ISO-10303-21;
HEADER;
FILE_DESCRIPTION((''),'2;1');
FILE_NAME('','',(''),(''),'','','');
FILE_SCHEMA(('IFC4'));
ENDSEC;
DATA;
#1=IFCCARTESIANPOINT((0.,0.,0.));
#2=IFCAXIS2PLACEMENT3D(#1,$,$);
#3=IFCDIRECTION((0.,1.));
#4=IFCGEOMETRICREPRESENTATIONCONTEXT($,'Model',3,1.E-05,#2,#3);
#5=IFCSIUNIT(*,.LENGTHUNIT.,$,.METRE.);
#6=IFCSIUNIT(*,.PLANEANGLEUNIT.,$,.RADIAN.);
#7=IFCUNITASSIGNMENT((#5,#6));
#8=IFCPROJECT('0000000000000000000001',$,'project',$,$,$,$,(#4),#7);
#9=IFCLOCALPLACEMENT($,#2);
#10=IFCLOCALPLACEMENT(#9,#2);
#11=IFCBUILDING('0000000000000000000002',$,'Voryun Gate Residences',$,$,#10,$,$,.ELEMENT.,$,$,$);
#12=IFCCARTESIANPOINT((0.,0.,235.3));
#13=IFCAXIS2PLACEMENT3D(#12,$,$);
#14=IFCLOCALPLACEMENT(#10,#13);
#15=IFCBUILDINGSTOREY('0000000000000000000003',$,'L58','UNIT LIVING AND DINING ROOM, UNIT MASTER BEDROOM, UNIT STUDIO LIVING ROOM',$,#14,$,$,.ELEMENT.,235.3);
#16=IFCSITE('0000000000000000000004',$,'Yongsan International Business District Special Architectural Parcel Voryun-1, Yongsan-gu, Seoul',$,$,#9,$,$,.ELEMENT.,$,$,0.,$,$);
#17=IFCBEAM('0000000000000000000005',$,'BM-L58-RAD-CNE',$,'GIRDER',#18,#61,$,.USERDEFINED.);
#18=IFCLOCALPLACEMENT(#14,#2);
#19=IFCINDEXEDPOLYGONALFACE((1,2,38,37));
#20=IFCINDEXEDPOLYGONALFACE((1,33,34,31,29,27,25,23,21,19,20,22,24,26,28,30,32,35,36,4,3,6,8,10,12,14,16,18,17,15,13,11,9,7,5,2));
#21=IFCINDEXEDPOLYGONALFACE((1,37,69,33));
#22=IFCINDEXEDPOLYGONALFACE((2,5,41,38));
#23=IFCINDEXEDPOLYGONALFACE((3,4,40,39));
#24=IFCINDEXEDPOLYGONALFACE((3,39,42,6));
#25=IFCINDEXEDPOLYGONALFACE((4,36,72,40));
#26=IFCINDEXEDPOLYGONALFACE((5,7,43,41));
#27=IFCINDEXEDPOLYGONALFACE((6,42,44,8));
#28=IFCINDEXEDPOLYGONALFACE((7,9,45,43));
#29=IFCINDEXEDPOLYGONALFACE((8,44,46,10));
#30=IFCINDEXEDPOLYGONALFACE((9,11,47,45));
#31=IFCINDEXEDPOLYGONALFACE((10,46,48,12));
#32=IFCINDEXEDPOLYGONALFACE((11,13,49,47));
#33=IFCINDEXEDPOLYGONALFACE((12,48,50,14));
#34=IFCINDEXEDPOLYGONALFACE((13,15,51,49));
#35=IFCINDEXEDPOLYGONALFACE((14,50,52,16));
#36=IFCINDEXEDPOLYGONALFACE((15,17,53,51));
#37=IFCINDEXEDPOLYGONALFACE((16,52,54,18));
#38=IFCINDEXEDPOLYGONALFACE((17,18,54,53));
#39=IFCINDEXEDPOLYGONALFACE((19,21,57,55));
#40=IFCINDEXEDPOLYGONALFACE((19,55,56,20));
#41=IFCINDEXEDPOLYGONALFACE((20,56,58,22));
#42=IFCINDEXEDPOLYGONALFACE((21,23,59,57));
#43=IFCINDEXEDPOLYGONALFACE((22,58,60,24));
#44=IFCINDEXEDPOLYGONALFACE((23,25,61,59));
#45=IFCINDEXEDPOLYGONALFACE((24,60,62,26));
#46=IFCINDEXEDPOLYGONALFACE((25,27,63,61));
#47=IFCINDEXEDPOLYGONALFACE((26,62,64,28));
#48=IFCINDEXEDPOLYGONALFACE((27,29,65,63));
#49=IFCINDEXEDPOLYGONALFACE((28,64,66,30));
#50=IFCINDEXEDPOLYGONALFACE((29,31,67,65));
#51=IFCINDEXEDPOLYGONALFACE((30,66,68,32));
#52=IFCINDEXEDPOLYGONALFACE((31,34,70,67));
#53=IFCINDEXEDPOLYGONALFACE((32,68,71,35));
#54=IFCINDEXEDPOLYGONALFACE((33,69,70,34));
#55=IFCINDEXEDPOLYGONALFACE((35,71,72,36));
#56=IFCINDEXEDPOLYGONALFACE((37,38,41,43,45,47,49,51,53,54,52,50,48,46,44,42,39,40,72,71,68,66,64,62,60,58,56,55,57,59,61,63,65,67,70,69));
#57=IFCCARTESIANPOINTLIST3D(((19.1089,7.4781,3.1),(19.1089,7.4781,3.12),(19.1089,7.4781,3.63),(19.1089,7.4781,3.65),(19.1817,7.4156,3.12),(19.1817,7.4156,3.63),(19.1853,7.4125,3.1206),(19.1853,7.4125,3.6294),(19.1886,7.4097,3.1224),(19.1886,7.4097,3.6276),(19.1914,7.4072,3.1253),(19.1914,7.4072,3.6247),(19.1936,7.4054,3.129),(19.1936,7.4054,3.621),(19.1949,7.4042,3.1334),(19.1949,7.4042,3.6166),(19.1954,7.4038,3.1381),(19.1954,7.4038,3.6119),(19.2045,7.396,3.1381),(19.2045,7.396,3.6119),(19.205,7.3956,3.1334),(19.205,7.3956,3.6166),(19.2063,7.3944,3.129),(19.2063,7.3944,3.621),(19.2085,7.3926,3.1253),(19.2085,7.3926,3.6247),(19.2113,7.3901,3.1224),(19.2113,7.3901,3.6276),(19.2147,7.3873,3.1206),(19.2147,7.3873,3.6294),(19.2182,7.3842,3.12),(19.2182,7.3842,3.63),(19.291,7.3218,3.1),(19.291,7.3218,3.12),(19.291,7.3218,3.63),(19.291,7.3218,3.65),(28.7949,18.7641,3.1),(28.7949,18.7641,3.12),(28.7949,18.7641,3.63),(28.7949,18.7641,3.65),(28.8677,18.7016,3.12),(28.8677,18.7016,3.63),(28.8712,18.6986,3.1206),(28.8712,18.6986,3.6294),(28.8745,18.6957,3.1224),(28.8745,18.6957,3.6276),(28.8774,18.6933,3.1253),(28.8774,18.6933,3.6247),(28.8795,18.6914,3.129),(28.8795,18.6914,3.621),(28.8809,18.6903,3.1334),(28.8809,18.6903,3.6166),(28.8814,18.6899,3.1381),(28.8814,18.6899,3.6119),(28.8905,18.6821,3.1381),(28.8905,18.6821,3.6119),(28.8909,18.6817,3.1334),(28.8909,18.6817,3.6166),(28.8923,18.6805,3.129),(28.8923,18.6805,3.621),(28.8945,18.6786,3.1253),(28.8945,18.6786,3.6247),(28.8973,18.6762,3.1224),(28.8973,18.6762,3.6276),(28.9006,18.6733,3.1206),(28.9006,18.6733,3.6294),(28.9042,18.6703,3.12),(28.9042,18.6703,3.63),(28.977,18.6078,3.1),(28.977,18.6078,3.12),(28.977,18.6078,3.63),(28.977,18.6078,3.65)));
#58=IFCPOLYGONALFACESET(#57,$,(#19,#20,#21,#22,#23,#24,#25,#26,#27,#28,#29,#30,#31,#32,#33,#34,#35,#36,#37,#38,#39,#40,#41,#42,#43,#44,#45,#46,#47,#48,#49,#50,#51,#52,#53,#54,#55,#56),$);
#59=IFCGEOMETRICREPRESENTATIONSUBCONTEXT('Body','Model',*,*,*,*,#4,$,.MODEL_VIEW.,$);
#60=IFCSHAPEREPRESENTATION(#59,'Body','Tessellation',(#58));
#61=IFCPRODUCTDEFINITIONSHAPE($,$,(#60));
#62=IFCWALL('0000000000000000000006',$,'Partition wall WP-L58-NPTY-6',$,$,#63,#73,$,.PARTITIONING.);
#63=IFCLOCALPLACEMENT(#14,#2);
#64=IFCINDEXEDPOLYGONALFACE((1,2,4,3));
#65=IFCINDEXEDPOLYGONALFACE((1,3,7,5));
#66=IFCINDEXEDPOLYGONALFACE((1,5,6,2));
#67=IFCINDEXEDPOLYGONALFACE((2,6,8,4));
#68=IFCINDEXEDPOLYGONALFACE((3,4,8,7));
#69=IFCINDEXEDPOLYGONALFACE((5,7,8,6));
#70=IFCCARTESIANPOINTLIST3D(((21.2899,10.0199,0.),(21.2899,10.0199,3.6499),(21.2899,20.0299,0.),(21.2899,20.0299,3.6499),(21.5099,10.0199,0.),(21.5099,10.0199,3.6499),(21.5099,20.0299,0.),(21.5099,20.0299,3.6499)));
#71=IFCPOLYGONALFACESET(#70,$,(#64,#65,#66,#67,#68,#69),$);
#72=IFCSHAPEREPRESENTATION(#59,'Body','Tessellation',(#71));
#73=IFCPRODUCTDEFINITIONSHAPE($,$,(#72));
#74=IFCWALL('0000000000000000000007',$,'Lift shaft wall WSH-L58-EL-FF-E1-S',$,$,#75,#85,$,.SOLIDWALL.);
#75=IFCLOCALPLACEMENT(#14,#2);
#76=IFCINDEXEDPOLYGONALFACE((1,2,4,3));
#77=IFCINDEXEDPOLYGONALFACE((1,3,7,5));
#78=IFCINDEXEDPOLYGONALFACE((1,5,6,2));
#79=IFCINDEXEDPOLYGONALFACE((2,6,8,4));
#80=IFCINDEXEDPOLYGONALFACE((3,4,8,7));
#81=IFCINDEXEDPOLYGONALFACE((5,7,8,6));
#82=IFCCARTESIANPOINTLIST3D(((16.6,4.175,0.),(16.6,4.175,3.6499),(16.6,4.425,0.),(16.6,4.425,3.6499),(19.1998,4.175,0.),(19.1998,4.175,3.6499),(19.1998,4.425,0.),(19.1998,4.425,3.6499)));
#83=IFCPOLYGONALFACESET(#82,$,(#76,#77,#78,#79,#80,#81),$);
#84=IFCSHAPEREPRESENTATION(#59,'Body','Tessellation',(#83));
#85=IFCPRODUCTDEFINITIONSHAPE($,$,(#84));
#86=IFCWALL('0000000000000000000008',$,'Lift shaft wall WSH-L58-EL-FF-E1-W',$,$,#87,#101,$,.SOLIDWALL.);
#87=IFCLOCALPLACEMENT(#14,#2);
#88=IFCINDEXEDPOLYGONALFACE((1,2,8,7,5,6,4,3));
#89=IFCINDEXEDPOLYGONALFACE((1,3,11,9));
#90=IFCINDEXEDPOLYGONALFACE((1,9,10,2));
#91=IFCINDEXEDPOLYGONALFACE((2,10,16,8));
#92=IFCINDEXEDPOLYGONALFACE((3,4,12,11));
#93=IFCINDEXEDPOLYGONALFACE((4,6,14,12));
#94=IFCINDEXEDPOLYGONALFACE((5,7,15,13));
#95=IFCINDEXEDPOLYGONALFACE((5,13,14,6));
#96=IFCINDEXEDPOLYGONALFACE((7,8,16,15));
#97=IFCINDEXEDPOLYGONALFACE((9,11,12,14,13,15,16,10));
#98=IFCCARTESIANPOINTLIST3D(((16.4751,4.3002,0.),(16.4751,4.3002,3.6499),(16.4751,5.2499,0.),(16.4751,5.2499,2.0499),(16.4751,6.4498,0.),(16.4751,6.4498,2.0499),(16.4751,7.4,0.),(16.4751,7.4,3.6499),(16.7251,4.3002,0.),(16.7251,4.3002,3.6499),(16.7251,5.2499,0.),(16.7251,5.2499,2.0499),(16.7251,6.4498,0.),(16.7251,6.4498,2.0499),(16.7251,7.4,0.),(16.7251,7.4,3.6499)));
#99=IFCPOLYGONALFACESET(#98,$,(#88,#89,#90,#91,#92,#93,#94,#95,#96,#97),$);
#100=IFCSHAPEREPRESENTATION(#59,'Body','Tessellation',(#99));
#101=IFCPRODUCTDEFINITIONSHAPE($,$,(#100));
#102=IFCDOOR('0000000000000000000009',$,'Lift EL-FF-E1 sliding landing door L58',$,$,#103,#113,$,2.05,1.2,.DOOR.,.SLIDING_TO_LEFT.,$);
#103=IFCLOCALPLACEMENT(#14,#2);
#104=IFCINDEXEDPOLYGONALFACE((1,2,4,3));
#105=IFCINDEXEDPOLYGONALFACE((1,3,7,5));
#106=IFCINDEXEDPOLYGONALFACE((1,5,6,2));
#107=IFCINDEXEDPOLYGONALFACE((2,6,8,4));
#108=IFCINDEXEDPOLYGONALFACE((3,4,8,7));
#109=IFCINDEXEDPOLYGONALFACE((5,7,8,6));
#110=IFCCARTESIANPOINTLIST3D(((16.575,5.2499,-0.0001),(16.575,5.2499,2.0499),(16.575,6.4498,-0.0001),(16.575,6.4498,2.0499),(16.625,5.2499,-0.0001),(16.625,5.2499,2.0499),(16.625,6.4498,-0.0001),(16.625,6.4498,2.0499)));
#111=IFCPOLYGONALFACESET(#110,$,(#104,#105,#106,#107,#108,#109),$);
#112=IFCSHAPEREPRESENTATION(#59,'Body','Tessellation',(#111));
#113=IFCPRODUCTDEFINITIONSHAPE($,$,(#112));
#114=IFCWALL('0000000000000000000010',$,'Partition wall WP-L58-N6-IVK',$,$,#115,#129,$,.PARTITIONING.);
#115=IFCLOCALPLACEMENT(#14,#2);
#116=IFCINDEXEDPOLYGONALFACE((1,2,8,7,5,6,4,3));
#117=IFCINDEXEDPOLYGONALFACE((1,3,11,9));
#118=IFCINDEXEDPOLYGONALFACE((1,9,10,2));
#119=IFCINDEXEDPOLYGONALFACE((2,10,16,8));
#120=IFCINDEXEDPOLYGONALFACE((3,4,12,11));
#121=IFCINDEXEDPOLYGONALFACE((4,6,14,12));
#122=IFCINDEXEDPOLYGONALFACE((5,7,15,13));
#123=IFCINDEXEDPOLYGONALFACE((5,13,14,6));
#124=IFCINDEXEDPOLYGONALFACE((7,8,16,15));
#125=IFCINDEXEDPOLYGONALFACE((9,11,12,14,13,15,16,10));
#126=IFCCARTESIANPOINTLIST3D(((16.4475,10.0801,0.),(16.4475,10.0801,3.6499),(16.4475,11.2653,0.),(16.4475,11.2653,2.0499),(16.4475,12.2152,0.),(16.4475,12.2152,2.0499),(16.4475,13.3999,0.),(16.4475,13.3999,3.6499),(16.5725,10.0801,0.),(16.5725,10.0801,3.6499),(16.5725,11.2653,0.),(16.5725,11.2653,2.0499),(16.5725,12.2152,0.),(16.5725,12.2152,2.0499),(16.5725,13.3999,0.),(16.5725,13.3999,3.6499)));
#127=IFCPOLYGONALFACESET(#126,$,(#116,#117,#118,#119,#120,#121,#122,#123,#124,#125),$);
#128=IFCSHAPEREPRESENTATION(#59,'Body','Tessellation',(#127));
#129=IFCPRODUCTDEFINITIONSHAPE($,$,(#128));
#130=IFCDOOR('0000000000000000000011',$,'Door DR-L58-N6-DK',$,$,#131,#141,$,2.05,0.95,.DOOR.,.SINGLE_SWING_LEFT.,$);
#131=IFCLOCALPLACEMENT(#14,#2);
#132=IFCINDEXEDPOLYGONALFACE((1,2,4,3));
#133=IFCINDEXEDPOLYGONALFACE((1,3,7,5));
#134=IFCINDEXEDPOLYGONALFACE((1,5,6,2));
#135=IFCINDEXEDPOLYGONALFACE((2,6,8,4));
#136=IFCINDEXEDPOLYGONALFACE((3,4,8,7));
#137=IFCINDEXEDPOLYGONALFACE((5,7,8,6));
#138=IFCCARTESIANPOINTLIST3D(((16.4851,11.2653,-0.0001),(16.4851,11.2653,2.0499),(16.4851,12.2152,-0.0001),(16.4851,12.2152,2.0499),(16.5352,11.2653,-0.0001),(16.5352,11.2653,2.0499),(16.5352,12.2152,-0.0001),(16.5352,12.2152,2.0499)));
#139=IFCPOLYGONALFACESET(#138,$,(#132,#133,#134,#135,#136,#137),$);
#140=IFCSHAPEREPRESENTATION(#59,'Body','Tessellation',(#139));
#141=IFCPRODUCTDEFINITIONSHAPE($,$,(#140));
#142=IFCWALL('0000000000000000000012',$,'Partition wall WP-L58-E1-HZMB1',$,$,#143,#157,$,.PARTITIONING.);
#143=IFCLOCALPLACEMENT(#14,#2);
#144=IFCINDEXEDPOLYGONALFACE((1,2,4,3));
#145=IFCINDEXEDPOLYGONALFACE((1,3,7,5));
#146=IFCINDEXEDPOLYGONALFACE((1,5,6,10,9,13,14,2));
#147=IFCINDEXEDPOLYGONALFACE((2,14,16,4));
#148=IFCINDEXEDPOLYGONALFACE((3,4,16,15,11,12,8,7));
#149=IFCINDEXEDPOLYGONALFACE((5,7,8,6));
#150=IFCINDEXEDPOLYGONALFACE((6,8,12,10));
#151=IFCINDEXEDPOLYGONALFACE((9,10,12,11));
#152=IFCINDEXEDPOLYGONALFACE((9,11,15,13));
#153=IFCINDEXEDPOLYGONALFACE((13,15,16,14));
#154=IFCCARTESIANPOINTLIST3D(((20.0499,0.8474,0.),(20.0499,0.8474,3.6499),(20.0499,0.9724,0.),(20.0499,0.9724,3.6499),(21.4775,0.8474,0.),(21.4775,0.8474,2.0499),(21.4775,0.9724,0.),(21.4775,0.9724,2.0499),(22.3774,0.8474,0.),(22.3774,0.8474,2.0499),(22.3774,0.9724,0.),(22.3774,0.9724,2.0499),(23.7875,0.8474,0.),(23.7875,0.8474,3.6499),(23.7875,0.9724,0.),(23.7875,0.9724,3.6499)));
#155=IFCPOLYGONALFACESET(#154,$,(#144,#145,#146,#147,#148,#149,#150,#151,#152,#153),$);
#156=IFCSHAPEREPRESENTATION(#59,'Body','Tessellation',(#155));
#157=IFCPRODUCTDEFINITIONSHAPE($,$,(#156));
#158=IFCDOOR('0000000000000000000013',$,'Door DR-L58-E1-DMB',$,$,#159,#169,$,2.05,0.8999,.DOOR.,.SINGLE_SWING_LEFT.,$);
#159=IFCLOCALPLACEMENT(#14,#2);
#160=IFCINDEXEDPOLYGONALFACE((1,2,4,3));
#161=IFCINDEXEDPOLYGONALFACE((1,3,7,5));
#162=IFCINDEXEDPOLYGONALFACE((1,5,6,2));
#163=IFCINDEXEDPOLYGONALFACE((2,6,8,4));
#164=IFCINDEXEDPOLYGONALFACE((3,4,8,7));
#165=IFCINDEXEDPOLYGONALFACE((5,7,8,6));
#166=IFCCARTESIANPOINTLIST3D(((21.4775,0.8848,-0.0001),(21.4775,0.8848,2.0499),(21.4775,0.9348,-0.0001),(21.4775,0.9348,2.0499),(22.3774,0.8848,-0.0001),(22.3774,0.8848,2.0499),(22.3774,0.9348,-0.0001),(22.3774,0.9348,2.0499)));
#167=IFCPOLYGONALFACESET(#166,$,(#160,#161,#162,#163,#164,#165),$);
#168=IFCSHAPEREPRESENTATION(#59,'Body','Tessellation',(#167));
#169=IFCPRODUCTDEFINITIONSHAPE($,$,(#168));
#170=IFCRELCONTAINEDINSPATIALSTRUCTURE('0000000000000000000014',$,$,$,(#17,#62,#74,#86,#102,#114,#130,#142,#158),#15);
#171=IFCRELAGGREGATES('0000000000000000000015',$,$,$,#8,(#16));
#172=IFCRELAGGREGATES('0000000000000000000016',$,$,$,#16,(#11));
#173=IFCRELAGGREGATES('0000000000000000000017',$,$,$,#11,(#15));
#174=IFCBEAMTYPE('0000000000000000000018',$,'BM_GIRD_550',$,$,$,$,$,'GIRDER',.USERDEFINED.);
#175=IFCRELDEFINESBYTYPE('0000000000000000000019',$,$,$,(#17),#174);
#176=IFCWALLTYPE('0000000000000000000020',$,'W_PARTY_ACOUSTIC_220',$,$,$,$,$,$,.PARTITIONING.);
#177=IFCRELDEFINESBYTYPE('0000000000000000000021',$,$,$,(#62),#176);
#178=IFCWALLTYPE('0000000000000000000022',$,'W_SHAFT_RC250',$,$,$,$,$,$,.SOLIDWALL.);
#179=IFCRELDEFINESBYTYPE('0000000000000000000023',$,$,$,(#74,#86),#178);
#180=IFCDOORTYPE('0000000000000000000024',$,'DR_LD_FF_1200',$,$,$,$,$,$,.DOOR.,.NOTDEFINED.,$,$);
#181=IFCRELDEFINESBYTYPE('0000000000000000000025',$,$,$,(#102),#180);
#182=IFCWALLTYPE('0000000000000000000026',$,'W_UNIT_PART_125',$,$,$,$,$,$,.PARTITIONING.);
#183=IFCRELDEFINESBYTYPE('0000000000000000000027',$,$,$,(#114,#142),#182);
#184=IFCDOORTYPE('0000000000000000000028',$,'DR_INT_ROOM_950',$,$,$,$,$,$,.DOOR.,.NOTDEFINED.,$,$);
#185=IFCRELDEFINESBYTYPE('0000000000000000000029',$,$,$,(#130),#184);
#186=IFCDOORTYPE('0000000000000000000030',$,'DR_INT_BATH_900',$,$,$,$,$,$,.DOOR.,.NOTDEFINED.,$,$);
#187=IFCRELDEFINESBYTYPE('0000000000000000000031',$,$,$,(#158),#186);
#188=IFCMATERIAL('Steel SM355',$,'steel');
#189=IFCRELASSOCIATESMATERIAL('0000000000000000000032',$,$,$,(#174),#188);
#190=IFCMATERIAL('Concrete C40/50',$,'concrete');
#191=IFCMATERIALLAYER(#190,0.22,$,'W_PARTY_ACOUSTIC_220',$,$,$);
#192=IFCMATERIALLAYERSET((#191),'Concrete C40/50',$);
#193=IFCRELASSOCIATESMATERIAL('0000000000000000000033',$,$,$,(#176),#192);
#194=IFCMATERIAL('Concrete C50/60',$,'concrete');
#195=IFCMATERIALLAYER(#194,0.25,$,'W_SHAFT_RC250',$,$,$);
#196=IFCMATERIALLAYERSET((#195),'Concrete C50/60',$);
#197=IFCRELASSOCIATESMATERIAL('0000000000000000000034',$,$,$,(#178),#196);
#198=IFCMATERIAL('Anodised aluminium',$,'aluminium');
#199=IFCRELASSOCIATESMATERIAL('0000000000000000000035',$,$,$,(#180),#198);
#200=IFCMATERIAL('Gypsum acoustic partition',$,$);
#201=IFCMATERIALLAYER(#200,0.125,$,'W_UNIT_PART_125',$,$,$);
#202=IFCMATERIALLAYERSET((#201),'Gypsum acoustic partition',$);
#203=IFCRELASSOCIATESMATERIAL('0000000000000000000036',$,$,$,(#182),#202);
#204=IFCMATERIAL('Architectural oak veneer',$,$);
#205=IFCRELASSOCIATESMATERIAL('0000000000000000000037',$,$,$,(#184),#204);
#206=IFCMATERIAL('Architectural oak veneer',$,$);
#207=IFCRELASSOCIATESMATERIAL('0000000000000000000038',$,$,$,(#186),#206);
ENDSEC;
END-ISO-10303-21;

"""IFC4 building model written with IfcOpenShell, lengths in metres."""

from ifc_helpers import new_model, si_unit, direction, frame, frame_2d, origin, origin_2d, place, context, subcontext, project, spatial, rectangle, i_section, extrude, material, layer, layer_set, material_profile, profile_set, type_object, element, fill, save


model = new_model("IFC4")

# Units and contexts
model_context = context("Model", 3, precision=1e-05, world=origin(), true_north=direction((0.0, 1.0)))
body_context = subcontext(model_context, "Body", "Model", "MODEL_VIEW")
ifc_project = project(units=[si_unit("LENGTHUNIT", "METRE"), si_unit("PLANEANGLEUNIT", "RADIAN")], contexts=[model_context])

# Site, building, storey
site_placement = place(None, origin())
site = spatial("IfcSite", under=ifc_project, at=site_placement, Name="Yongsan International Business District Special Architectural Parcel Voryun-1, Yongsan-gu, Seoul", CompositionType="ELEMENT", RefElevation=0.0)
building_placement = place(site_placement, origin())
building = spatial("IfcBuilding", under=site, at=building_placement, Name="Voryun Gate Residences", CompositionType="ELEMENT")
storey_placement = place(building_placement, frame((0.0, 0.0, 235.3)))
storey = spatial("IfcBuildingStorey", under=building, at=storey_placement, Name="L58", Description="UNIT LIVING AND DINING ROOM, UNIT MASTER BEDROOM, UNIT STUDIO LIVING ROOM", CompositionType="ELEMENT", Elevation=235.3)

# Beam
ifc_material_1 = material(Name="Steel SM355", Category="steel")
ifc_material_profile_1 = material_profile(ifc_material_1, i_section(OverallWidth=0.24, OverallDepth=0.55, WebThickness=0.012, FlangeThickness=0.02, FilletRadius=0.0181, at=origin_2d()), Name="H-550x240x12x20")
ifc_profile_set_1 = profile_set([ifc_material_profile_1], Name="Steel SM355")
beam_type_1 = type_object("IfcBeamType", Name="BM_GIRD_550", ElementType="GIRDER", PredefinedType="USERDEFINED", material=ifc_profile_set_1)
beam_1_placement = place(storey_placement, frame((19.2, 7.3999, 3.375), z_axis=(0.651264, 0.758851, 0.0), x_axis=(-0.758851, 0.651264, 0.0)))
element("IfcBeam", 1, at=beam_1_placement, inside=storey, type_object=beam_type_1, Name="BM-L58-RAD-CNE", ObjectType="GIRDER", PredefinedType="USERDEFINED", context=body_context, shape_type="SweptSolid", body=[
    extrude(i_section(OverallWidth=0.24, OverallDepth=0.55, WebThickness=0.012, FlangeThickness=0.02, FilletRadius=0.0181, at=origin_2d()), origin(), (0.0, 0.0, 1.0), 14.8726),
])

# Walls
ifc_material_2 = material(Name="Concrete C40/50", Category="concrete")
ifc_layer_1 = layer(ifc_material_2, 0.22, Name="W_PARTY_ACOUSTIC_220")
ifc_layer_set_1 = layer_set([ifc_layer_1], Name="Concrete C40/50")
wall_type_1 = type_object("IfcWallType", Name="W_PARTY_ACOUSTIC_220", PredefinedType="PARTITIONING", material=ifc_layer_set_1)
wall_1_placement = place(storey_placement, frame((21.3999, 10.02, 0.0), z_axis=(0.0, 0.0, 1.0), x_axis=(0.0, 1.0, 0.0)))
element("IfcWall", 2, at=wall_1_placement, inside=storey, type_object=wall_type_1, Name="Partition wall WP-L58-NPTY-6", PredefinedType="PARTITIONING", context=body_context, shape_type="SweptSolid", body=[
    extrude(rectangle(XDim=10.01, YDim=0.22, at=frame_2d((5.0049, 0.0))), origin(), (0.0, 0.0, 1.0), 3.6499),
])
ifc_material_3 = material(Name="Concrete C50/60", Category="concrete")
ifc_layer_2 = layer(ifc_material_3, 0.25, Name="W_SHAFT_RC250")
ifc_layer_set_2 = layer_set([ifc_layer_2], Name="Concrete C50/60")
wall_type_2 = type_object("IfcWallType", Name="W_SHAFT_RC250", PredefinedType="SOLIDWALL", material=ifc_layer_set_2)
wall_2_placement = place(storey_placement, frame((16.6001, 4.3, 0.0), z_axis=(0.0, 0.0, 1.0), x_axis=(1.0, 0.0, 0.0)))
element("IfcWall", 3, at=wall_2_placement, inside=storey, type_object=wall_type_2, Name="Lift shaft wall WSH-L58-EL-FF-E1-S", PredefinedType="SOLIDWALL", context=body_context, shape_type="SweptSolid", body=[
    extrude(rectangle(XDim=2.5999, YDim=0.25, at=frame_2d((1.2998, 0.0))), origin(), (0.0, 0.0, 1.0), 3.6499),
])

# Walls, openings, doors
wall_3_placement = place(storey_placement, frame((16.6001, 7.3999, 0.0), z_axis=(0.0, 0.0, 1.0), x_axis=(0.0, -1.0, 0.0)))
wall_3 = element("IfcWall", 4, at=wall_3_placement, inside=storey, type_object=wall_type_2, Name="Lift shaft wall WSH-L58-EL-FF-E1-W", PredefinedType="SOLIDWALL", context=body_context, shape_type="SweptSolid", body=[
    extrude(rectangle(XDim=3.0999, YDim=0.25, at=frame_2d((1.5498, 0.0))), origin(), (0.0, 0.0, 1.0), 3.6499),
])
opening_1_placement = place(wall_3_placement, frame((0.95, 0.0, 0.0)))
opening_1 = element("IfcOpeningElement", 5, at=opening_1_placement, cuts=wall_3, PredefinedType="OPENING", context=body_context, shape_type="SweptSolid", body=[
    extrude(rectangle(XDim=1.2, YDim=2.05, at=frame_2d((0.6001, 1.0249))), frame((0.0, 0.135, 0.0), z_axis=(0.0, -1.0, 0.0), x_axis=(1.0, 0.0, 0.0)), (0.0, 0.0, 1.0), 0.27),
])
ifc_material_4 = material(Name="Anodised aluminium", Category="aluminium")
door_type_1 = type_object("IfcDoorType", Name="DR_LD_FF_1200", OperationType="NOTDEFINED", PredefinedType="DOOR", material=ifc_material_4)
door_1_placement = place(opening_1_placement, origin())
door_1 = element("IfcDoor", 6, at=door_1_placement, inside=storey, type_object=door_type_1, Name="Lift EL-FF-E1 sliding landing door L58", OperationType="SLIDING_TO_LEFT", OverallHeight=2.05, OverallWidth=1.2, PredefinedType="DOOR", context=body_context, shape_type="SweptSolid", body=[
    extrude(rectangle(XDim=1.2, YDim=2.05, at=frame_2d((0.6001, 1.0249))), frame((0.0, 0.0249, 0.0), z_axis=(0.0, -1.0, 0.0), x_axis=(1.0, 0.0, 0.0)), (0.0, 0.0, 1.0), 0.05),
])
fill(opening_1, door_1)
ifc_material_5 = material(Name="Gypsum acoustic partition")
ifc_layer_3 = layer(ifc_material_5, 0.125, Name="W_UNIT_PART_125")
ifc_layer_set_3 = layer_set([ifc_layer_3], Name="Gypsum acoustic partition")
wall_type_3 = type_object("IfcWallType", Name="W_UNIT_PART_125", PredefinedType="PARTITIONING", material=ifc_layer_set_3)
wall_4_placement = place(storey_placement, frame((16.51, 10.0801, 0.0), z_axis=(0.0, 0.0, 1.0), x_axis=(0.0, 1.0, 0.0)))
wall_4 = element("IfcWall", 7, at=wall_4_placement, inside=storey, type_object=wall_type_3, Name="Partition wall WP-L58-N6-IVK", PredefinedType="PARTITIONING", context=body_context, shape_type="SweptSolid", body=[
    extrude(rectangle(XDim=3.3198, YDim=0.125, at=frame_2d((1.6599, 0.0))), origin(), (0.0, 0.0, 1.0), 3.6499),
])
opening_2_placement = place(wall_4_placement, frame((1.1851, 0.0, 0.0)))
opening_2 = element("IfcOpeningElement", 8, at=opening_2_placement, cuts=wall_4, PredefinedType="OPENING", context=body_context, shape_type="SweptSolid", body=[
    extrude(rectangle(XDim=0.95, YDim=2.05, at=frame_2d((0.4751, 1.0249))), frame((0.0, 0.0725, 0.0), z_axis=(0.0, -1.0, 0.0), x_axis=(1.0, 0.0, 0.0)), (0.0, 0.0, 1.0), 0.145),
])
ifc_material_6 = material(Name="Architectural oak veneer")
door_type_2 = type_object("IfcDoorType", Name="DR_INT_ROOM_950", OperationType="NOTDEFINED", PredefinedType="DOOR", material=ifc_material_6)
door_2_placement = place(opening_2_placement, origin())
door_2 = element("IfcDoor", 9, at=door_2_placement, inside=storey, type_object=door_type_2, Name="Door DR-L58-N6-DK", OperationType="SINGLE_SWING_LEFT", OverallHeight=2.05, OverallWidth=0.95, PredefinedType="DOOR", context=body_context, shape_type="SweptSolid", body=[
    extrude(rectangle(XDim=0.95, YDim=2.05, at=frame_2d((0.4751, 1.0249))), frame((0.0, 0.0249, 0.0), z_axis=(0.0, -1.0, 0.0), x_axis=(1.0, 0.0, 0.0)), (0.0, 0.0, 1.0), 0.05),
])
fill(opening_2, door_2)
wall_5_placement = place(storey_placement, frame((20.05, 0.9099, 0.0), z_axis=(0.0, 0.0, 1.0), x_axis=(1.0, 0.0, 0.0)))
wall_5 = element("IfcWall", 10, at=wall_5_placement, inside=storey, type_object=wall_type_3, Name="Partition wall WP-L58-E1-HZMB1", PredefinedType="PARTITIONING", context=body_context, shape_type="SweptSolid", body=[
    extrude(rectangle(XDim=3.7375, YDim=0.125, at=frame_2d((1.8687, 0.0))), origin(), (0.0, 0.0, 1.0), 3.6499),
])
opening_3_placement = place(wall_5_placement, frame((1.4275, 0.0, 0.0)))
opening_3 = element("IfcOpeningElement", 11, at=opening_3_placement, cuts=wall_5, PredefinedType="OPENING", context=body_context, shape_type="SweptSolid", body=[
    extrude(rectangle(XDim=0.8999, YDim=2.05, at=frame_2d((0.45, 1.0249))), frame((0.0, 0.0725, 0.0), z_axis=(0.0, -1.0, 0.0), x_axis=(1.0, 0.0, 0.0)), (0.0, 0.0, 1.0), 0.145),
])
ifc_material_7 = material(Name="Architectural oak veneer")
door_type_3 = type_object("IfcDoorType", Name="DR_INT_BATH_900", OperationType="NOTDEFINED", PredefinedType="DOOR", material=ifc_material_7)
door_3_placement = place(opening_3_placement, origin())
door_3 = element("IfcDoor", 12, at=door_3_placement, inside=storey, type_object=door_type_3, Name="Door DR-L58-E1-DMB", OperationType="SINGLE_SWING_LEFT", OverallHeight=2.05, OverallWidth=0.8999, PredefinedType="DOOR", context=body_context, shape_type="SweptSolid", body=[
    extrude(rectangle(XDim=0.8999, YDim=2.05, at=frame_2d((0.45, 1.0249))), frame((0.0, 0.0249, 0.0), z_axis=(0.0, -1.0, 0.0), x_axis=(1.0, 0.0, 0.0)), (0.0, 0.0, 1.0), 0.05),
])
fill(opening_3, door_3)

save(model, "model.ifc")
